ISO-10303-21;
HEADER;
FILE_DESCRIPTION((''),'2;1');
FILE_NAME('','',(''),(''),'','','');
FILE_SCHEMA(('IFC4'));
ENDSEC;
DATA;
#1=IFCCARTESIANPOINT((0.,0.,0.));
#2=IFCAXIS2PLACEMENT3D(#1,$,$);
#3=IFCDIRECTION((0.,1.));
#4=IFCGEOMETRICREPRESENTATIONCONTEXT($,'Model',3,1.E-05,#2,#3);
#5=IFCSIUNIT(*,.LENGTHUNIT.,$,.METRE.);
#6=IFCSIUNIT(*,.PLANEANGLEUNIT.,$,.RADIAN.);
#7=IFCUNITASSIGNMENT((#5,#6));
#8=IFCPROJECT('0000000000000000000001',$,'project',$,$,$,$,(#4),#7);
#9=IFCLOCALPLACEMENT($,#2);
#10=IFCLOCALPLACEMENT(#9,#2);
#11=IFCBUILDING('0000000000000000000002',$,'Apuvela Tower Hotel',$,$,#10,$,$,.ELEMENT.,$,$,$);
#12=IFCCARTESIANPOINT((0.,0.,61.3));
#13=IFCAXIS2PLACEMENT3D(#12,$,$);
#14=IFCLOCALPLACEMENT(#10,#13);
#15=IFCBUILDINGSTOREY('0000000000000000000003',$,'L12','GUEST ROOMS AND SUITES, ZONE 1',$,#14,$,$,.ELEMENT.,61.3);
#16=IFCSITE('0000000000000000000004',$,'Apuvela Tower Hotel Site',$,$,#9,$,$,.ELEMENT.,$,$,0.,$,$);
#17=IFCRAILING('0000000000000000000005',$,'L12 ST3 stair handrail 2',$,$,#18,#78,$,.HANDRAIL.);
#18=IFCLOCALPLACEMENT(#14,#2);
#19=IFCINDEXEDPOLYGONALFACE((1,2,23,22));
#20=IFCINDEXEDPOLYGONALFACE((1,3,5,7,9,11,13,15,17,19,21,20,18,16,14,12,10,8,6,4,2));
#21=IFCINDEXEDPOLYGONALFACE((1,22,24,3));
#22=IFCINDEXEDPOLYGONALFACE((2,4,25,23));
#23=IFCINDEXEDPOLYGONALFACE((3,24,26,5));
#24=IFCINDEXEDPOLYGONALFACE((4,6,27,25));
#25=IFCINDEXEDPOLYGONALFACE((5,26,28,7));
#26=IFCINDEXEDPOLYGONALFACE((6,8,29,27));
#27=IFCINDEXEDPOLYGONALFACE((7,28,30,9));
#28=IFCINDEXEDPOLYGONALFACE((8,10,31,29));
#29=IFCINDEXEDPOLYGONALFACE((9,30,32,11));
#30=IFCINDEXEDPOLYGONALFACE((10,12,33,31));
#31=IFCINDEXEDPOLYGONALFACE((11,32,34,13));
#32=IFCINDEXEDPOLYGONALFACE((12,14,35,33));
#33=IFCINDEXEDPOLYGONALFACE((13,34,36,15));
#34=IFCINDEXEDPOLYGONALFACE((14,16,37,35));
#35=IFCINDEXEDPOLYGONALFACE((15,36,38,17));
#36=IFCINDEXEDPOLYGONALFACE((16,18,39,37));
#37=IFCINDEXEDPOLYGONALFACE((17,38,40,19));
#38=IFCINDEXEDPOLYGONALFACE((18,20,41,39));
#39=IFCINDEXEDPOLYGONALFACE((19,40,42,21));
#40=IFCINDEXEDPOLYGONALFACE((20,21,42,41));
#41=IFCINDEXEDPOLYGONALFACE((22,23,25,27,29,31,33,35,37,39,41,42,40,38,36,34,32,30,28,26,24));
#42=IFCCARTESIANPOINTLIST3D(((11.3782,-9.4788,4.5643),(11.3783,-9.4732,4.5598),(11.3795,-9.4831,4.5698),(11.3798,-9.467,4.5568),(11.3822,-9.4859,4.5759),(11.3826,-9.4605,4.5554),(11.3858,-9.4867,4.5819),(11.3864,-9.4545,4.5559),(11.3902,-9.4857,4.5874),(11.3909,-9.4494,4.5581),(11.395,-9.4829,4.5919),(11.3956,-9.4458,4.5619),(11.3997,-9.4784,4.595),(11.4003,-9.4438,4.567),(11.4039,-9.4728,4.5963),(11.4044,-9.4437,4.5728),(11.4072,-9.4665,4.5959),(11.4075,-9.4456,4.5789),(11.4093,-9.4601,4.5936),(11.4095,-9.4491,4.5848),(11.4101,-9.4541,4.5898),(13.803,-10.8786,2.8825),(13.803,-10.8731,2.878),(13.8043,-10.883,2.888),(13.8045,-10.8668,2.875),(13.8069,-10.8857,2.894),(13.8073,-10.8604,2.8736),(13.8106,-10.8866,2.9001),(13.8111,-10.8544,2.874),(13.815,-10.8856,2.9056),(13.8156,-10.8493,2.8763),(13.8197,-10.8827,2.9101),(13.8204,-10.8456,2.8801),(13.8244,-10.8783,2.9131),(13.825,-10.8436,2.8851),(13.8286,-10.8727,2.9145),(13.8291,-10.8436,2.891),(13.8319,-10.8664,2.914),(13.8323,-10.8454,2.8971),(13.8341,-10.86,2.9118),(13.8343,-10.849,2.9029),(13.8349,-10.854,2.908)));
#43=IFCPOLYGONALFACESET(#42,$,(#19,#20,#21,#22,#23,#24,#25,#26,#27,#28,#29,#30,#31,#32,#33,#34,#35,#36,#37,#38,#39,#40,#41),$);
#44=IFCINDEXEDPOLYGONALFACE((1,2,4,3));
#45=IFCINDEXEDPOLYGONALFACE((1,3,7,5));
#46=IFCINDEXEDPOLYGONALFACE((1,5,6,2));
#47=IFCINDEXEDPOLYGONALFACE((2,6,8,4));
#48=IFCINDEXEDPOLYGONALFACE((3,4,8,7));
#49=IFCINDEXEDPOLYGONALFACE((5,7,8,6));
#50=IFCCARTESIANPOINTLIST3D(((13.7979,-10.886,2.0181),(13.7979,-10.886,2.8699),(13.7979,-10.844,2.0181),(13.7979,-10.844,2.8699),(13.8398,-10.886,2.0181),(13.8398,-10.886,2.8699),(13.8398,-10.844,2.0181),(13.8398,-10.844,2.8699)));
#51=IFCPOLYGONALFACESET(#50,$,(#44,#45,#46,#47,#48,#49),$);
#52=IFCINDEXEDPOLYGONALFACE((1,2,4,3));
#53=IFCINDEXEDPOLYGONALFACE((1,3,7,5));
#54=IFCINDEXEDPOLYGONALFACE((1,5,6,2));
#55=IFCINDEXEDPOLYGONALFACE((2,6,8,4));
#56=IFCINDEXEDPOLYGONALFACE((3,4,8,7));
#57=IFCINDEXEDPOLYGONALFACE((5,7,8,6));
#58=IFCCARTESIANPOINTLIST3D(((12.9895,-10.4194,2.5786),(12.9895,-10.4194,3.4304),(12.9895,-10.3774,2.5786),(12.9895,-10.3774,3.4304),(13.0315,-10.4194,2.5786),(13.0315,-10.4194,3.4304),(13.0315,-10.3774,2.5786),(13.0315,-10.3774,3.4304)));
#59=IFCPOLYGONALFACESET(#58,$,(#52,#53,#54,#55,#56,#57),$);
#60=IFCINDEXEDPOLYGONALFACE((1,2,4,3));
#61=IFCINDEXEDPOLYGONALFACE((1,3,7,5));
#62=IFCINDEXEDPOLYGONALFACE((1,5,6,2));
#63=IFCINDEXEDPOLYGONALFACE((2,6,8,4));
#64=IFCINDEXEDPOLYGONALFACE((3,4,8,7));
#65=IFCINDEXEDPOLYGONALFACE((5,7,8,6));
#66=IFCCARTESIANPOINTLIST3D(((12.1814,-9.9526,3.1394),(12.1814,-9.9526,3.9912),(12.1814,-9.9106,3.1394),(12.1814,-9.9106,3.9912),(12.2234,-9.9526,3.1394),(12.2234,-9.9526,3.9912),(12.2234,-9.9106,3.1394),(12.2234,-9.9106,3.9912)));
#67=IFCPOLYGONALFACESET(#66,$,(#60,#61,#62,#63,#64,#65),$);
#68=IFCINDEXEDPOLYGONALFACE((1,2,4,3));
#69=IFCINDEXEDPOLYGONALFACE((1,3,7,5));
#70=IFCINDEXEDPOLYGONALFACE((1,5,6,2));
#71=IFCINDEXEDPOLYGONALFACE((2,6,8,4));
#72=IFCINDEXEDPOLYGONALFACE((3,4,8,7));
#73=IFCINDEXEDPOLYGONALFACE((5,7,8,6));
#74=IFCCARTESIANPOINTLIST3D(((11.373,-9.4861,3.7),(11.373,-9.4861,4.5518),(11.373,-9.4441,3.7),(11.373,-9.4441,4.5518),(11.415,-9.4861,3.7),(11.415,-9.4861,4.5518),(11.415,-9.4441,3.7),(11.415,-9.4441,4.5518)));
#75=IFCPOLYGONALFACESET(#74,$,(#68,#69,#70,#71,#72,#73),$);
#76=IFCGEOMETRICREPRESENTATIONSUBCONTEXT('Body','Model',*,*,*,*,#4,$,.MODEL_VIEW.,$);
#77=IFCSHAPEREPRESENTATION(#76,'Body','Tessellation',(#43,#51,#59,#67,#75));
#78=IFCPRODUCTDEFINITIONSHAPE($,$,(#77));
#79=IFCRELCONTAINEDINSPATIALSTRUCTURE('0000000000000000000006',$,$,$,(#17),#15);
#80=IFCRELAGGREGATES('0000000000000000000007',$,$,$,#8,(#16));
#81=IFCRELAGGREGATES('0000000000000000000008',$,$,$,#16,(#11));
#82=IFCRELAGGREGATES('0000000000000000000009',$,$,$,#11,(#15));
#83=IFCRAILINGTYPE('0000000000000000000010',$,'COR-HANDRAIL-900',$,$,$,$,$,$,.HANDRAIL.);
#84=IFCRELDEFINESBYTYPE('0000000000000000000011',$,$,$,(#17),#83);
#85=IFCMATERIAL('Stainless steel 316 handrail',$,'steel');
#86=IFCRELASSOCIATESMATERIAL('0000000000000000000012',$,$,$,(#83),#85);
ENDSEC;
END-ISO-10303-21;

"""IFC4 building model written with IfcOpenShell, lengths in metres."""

from ifc_helpers import new_model, si_unit, direction, frame, origin, origin_2d, place, context, subcontext, project, spatial, rectangle, circle, extrude, material, type_object, element, save


model = new_model("IFC4")

# Units and contexts
model_context = context("Model", 3, precision=1e-05, world=origin(), true_north=direction((0.0, 1.0)))
body_context = subcontext(model_context, "Body", "Model", "MODEL_VIEW")
ifc_project = project(units=[si_unit("LENGTHUNIT", "METRE"), si_unit("PLANEANGLEUNIT", "RADIAN")], contexts=[model_context])

# Site, building, storey
site_placement = place(None, origin())
site = spatial("IfcSite", under=ifc_project, at=site_placement, Name="Apuvela Tower Hotel Site", CompositionType="ELEMENT", RefElevation=0.0)
building_placement = place(site_placement, origin())
building = spatial("IfcBuilding", under=site, at=building_placement, Name="Apuvela Tower Hotel", CompositionType="ELEMENT")
storey_placement = place(building_placement, frame((0.0, 0.0, 61.3)))
storey = spatial("IfcBuildingStorey", under=building, at=storey_placement, Name="L12", Description="GUEST ROOMS AND SUITES, ZONE 1", CompositionType="ELEMENT", Elevation=61.3)

# Railing
ifc_material_1 = material(Name="Stainless steel 316 handrail", Category="steel")
railing_type_1 = type_object("IfcRailingType", Name="COR-HANDRAIL-900", PredefinedType="HANDRAIL", material=ifc_material_1)
railing_1_placement = place(storey_placement, frame((13.8188, -10.865, 2.0181)))
element("IfcRailing", 1, at=railing_1_placement, inside=storey, type_object=railing_type_1, Name="L12 ST3 stair handrail 2", PredefinedType="HANDRAIL", context=body_context, shape_type="SweptSolid", body=[
    extrude(circle(Radius=0.0239, at=origin_2d()), frame((0.0, 0.0, 0.876), z_axis=(-0.74239, 0.428601, 0.514934), x_axis=(-0.499984, -0.866035, 0.0)), (0.0, 0.0, 1.0), 3.2661),
    extrude(rectangle(XDim=0.042, YDim=0.042, at=origin_2d()), origin(), (0.0, 0.0, 1.0), 0.8518),
    extrude(rectangle(XDim=0.042, YDim=0.042, at=origin_2d()), frame((-0.8083, 0.4666, 0.5605)), (0.0, 0.0, 1.0), 0.8518),
    extrude(rectangle(XDim=0.042, YDim=0.042, at=origin_2d()), frame((-1.6165, 0.9333, 1.1213)), (0.0, 0.0, 1.0), 0.8518),
    extrude(rectangle(XDim=0.042, YDim=0.042, at=origin_2d()), frame((-2.4248, 1.3999, 1.6819)), (0.0, 0.0, 1.0), 0.8518),
])

save(model, "model.ifc")
